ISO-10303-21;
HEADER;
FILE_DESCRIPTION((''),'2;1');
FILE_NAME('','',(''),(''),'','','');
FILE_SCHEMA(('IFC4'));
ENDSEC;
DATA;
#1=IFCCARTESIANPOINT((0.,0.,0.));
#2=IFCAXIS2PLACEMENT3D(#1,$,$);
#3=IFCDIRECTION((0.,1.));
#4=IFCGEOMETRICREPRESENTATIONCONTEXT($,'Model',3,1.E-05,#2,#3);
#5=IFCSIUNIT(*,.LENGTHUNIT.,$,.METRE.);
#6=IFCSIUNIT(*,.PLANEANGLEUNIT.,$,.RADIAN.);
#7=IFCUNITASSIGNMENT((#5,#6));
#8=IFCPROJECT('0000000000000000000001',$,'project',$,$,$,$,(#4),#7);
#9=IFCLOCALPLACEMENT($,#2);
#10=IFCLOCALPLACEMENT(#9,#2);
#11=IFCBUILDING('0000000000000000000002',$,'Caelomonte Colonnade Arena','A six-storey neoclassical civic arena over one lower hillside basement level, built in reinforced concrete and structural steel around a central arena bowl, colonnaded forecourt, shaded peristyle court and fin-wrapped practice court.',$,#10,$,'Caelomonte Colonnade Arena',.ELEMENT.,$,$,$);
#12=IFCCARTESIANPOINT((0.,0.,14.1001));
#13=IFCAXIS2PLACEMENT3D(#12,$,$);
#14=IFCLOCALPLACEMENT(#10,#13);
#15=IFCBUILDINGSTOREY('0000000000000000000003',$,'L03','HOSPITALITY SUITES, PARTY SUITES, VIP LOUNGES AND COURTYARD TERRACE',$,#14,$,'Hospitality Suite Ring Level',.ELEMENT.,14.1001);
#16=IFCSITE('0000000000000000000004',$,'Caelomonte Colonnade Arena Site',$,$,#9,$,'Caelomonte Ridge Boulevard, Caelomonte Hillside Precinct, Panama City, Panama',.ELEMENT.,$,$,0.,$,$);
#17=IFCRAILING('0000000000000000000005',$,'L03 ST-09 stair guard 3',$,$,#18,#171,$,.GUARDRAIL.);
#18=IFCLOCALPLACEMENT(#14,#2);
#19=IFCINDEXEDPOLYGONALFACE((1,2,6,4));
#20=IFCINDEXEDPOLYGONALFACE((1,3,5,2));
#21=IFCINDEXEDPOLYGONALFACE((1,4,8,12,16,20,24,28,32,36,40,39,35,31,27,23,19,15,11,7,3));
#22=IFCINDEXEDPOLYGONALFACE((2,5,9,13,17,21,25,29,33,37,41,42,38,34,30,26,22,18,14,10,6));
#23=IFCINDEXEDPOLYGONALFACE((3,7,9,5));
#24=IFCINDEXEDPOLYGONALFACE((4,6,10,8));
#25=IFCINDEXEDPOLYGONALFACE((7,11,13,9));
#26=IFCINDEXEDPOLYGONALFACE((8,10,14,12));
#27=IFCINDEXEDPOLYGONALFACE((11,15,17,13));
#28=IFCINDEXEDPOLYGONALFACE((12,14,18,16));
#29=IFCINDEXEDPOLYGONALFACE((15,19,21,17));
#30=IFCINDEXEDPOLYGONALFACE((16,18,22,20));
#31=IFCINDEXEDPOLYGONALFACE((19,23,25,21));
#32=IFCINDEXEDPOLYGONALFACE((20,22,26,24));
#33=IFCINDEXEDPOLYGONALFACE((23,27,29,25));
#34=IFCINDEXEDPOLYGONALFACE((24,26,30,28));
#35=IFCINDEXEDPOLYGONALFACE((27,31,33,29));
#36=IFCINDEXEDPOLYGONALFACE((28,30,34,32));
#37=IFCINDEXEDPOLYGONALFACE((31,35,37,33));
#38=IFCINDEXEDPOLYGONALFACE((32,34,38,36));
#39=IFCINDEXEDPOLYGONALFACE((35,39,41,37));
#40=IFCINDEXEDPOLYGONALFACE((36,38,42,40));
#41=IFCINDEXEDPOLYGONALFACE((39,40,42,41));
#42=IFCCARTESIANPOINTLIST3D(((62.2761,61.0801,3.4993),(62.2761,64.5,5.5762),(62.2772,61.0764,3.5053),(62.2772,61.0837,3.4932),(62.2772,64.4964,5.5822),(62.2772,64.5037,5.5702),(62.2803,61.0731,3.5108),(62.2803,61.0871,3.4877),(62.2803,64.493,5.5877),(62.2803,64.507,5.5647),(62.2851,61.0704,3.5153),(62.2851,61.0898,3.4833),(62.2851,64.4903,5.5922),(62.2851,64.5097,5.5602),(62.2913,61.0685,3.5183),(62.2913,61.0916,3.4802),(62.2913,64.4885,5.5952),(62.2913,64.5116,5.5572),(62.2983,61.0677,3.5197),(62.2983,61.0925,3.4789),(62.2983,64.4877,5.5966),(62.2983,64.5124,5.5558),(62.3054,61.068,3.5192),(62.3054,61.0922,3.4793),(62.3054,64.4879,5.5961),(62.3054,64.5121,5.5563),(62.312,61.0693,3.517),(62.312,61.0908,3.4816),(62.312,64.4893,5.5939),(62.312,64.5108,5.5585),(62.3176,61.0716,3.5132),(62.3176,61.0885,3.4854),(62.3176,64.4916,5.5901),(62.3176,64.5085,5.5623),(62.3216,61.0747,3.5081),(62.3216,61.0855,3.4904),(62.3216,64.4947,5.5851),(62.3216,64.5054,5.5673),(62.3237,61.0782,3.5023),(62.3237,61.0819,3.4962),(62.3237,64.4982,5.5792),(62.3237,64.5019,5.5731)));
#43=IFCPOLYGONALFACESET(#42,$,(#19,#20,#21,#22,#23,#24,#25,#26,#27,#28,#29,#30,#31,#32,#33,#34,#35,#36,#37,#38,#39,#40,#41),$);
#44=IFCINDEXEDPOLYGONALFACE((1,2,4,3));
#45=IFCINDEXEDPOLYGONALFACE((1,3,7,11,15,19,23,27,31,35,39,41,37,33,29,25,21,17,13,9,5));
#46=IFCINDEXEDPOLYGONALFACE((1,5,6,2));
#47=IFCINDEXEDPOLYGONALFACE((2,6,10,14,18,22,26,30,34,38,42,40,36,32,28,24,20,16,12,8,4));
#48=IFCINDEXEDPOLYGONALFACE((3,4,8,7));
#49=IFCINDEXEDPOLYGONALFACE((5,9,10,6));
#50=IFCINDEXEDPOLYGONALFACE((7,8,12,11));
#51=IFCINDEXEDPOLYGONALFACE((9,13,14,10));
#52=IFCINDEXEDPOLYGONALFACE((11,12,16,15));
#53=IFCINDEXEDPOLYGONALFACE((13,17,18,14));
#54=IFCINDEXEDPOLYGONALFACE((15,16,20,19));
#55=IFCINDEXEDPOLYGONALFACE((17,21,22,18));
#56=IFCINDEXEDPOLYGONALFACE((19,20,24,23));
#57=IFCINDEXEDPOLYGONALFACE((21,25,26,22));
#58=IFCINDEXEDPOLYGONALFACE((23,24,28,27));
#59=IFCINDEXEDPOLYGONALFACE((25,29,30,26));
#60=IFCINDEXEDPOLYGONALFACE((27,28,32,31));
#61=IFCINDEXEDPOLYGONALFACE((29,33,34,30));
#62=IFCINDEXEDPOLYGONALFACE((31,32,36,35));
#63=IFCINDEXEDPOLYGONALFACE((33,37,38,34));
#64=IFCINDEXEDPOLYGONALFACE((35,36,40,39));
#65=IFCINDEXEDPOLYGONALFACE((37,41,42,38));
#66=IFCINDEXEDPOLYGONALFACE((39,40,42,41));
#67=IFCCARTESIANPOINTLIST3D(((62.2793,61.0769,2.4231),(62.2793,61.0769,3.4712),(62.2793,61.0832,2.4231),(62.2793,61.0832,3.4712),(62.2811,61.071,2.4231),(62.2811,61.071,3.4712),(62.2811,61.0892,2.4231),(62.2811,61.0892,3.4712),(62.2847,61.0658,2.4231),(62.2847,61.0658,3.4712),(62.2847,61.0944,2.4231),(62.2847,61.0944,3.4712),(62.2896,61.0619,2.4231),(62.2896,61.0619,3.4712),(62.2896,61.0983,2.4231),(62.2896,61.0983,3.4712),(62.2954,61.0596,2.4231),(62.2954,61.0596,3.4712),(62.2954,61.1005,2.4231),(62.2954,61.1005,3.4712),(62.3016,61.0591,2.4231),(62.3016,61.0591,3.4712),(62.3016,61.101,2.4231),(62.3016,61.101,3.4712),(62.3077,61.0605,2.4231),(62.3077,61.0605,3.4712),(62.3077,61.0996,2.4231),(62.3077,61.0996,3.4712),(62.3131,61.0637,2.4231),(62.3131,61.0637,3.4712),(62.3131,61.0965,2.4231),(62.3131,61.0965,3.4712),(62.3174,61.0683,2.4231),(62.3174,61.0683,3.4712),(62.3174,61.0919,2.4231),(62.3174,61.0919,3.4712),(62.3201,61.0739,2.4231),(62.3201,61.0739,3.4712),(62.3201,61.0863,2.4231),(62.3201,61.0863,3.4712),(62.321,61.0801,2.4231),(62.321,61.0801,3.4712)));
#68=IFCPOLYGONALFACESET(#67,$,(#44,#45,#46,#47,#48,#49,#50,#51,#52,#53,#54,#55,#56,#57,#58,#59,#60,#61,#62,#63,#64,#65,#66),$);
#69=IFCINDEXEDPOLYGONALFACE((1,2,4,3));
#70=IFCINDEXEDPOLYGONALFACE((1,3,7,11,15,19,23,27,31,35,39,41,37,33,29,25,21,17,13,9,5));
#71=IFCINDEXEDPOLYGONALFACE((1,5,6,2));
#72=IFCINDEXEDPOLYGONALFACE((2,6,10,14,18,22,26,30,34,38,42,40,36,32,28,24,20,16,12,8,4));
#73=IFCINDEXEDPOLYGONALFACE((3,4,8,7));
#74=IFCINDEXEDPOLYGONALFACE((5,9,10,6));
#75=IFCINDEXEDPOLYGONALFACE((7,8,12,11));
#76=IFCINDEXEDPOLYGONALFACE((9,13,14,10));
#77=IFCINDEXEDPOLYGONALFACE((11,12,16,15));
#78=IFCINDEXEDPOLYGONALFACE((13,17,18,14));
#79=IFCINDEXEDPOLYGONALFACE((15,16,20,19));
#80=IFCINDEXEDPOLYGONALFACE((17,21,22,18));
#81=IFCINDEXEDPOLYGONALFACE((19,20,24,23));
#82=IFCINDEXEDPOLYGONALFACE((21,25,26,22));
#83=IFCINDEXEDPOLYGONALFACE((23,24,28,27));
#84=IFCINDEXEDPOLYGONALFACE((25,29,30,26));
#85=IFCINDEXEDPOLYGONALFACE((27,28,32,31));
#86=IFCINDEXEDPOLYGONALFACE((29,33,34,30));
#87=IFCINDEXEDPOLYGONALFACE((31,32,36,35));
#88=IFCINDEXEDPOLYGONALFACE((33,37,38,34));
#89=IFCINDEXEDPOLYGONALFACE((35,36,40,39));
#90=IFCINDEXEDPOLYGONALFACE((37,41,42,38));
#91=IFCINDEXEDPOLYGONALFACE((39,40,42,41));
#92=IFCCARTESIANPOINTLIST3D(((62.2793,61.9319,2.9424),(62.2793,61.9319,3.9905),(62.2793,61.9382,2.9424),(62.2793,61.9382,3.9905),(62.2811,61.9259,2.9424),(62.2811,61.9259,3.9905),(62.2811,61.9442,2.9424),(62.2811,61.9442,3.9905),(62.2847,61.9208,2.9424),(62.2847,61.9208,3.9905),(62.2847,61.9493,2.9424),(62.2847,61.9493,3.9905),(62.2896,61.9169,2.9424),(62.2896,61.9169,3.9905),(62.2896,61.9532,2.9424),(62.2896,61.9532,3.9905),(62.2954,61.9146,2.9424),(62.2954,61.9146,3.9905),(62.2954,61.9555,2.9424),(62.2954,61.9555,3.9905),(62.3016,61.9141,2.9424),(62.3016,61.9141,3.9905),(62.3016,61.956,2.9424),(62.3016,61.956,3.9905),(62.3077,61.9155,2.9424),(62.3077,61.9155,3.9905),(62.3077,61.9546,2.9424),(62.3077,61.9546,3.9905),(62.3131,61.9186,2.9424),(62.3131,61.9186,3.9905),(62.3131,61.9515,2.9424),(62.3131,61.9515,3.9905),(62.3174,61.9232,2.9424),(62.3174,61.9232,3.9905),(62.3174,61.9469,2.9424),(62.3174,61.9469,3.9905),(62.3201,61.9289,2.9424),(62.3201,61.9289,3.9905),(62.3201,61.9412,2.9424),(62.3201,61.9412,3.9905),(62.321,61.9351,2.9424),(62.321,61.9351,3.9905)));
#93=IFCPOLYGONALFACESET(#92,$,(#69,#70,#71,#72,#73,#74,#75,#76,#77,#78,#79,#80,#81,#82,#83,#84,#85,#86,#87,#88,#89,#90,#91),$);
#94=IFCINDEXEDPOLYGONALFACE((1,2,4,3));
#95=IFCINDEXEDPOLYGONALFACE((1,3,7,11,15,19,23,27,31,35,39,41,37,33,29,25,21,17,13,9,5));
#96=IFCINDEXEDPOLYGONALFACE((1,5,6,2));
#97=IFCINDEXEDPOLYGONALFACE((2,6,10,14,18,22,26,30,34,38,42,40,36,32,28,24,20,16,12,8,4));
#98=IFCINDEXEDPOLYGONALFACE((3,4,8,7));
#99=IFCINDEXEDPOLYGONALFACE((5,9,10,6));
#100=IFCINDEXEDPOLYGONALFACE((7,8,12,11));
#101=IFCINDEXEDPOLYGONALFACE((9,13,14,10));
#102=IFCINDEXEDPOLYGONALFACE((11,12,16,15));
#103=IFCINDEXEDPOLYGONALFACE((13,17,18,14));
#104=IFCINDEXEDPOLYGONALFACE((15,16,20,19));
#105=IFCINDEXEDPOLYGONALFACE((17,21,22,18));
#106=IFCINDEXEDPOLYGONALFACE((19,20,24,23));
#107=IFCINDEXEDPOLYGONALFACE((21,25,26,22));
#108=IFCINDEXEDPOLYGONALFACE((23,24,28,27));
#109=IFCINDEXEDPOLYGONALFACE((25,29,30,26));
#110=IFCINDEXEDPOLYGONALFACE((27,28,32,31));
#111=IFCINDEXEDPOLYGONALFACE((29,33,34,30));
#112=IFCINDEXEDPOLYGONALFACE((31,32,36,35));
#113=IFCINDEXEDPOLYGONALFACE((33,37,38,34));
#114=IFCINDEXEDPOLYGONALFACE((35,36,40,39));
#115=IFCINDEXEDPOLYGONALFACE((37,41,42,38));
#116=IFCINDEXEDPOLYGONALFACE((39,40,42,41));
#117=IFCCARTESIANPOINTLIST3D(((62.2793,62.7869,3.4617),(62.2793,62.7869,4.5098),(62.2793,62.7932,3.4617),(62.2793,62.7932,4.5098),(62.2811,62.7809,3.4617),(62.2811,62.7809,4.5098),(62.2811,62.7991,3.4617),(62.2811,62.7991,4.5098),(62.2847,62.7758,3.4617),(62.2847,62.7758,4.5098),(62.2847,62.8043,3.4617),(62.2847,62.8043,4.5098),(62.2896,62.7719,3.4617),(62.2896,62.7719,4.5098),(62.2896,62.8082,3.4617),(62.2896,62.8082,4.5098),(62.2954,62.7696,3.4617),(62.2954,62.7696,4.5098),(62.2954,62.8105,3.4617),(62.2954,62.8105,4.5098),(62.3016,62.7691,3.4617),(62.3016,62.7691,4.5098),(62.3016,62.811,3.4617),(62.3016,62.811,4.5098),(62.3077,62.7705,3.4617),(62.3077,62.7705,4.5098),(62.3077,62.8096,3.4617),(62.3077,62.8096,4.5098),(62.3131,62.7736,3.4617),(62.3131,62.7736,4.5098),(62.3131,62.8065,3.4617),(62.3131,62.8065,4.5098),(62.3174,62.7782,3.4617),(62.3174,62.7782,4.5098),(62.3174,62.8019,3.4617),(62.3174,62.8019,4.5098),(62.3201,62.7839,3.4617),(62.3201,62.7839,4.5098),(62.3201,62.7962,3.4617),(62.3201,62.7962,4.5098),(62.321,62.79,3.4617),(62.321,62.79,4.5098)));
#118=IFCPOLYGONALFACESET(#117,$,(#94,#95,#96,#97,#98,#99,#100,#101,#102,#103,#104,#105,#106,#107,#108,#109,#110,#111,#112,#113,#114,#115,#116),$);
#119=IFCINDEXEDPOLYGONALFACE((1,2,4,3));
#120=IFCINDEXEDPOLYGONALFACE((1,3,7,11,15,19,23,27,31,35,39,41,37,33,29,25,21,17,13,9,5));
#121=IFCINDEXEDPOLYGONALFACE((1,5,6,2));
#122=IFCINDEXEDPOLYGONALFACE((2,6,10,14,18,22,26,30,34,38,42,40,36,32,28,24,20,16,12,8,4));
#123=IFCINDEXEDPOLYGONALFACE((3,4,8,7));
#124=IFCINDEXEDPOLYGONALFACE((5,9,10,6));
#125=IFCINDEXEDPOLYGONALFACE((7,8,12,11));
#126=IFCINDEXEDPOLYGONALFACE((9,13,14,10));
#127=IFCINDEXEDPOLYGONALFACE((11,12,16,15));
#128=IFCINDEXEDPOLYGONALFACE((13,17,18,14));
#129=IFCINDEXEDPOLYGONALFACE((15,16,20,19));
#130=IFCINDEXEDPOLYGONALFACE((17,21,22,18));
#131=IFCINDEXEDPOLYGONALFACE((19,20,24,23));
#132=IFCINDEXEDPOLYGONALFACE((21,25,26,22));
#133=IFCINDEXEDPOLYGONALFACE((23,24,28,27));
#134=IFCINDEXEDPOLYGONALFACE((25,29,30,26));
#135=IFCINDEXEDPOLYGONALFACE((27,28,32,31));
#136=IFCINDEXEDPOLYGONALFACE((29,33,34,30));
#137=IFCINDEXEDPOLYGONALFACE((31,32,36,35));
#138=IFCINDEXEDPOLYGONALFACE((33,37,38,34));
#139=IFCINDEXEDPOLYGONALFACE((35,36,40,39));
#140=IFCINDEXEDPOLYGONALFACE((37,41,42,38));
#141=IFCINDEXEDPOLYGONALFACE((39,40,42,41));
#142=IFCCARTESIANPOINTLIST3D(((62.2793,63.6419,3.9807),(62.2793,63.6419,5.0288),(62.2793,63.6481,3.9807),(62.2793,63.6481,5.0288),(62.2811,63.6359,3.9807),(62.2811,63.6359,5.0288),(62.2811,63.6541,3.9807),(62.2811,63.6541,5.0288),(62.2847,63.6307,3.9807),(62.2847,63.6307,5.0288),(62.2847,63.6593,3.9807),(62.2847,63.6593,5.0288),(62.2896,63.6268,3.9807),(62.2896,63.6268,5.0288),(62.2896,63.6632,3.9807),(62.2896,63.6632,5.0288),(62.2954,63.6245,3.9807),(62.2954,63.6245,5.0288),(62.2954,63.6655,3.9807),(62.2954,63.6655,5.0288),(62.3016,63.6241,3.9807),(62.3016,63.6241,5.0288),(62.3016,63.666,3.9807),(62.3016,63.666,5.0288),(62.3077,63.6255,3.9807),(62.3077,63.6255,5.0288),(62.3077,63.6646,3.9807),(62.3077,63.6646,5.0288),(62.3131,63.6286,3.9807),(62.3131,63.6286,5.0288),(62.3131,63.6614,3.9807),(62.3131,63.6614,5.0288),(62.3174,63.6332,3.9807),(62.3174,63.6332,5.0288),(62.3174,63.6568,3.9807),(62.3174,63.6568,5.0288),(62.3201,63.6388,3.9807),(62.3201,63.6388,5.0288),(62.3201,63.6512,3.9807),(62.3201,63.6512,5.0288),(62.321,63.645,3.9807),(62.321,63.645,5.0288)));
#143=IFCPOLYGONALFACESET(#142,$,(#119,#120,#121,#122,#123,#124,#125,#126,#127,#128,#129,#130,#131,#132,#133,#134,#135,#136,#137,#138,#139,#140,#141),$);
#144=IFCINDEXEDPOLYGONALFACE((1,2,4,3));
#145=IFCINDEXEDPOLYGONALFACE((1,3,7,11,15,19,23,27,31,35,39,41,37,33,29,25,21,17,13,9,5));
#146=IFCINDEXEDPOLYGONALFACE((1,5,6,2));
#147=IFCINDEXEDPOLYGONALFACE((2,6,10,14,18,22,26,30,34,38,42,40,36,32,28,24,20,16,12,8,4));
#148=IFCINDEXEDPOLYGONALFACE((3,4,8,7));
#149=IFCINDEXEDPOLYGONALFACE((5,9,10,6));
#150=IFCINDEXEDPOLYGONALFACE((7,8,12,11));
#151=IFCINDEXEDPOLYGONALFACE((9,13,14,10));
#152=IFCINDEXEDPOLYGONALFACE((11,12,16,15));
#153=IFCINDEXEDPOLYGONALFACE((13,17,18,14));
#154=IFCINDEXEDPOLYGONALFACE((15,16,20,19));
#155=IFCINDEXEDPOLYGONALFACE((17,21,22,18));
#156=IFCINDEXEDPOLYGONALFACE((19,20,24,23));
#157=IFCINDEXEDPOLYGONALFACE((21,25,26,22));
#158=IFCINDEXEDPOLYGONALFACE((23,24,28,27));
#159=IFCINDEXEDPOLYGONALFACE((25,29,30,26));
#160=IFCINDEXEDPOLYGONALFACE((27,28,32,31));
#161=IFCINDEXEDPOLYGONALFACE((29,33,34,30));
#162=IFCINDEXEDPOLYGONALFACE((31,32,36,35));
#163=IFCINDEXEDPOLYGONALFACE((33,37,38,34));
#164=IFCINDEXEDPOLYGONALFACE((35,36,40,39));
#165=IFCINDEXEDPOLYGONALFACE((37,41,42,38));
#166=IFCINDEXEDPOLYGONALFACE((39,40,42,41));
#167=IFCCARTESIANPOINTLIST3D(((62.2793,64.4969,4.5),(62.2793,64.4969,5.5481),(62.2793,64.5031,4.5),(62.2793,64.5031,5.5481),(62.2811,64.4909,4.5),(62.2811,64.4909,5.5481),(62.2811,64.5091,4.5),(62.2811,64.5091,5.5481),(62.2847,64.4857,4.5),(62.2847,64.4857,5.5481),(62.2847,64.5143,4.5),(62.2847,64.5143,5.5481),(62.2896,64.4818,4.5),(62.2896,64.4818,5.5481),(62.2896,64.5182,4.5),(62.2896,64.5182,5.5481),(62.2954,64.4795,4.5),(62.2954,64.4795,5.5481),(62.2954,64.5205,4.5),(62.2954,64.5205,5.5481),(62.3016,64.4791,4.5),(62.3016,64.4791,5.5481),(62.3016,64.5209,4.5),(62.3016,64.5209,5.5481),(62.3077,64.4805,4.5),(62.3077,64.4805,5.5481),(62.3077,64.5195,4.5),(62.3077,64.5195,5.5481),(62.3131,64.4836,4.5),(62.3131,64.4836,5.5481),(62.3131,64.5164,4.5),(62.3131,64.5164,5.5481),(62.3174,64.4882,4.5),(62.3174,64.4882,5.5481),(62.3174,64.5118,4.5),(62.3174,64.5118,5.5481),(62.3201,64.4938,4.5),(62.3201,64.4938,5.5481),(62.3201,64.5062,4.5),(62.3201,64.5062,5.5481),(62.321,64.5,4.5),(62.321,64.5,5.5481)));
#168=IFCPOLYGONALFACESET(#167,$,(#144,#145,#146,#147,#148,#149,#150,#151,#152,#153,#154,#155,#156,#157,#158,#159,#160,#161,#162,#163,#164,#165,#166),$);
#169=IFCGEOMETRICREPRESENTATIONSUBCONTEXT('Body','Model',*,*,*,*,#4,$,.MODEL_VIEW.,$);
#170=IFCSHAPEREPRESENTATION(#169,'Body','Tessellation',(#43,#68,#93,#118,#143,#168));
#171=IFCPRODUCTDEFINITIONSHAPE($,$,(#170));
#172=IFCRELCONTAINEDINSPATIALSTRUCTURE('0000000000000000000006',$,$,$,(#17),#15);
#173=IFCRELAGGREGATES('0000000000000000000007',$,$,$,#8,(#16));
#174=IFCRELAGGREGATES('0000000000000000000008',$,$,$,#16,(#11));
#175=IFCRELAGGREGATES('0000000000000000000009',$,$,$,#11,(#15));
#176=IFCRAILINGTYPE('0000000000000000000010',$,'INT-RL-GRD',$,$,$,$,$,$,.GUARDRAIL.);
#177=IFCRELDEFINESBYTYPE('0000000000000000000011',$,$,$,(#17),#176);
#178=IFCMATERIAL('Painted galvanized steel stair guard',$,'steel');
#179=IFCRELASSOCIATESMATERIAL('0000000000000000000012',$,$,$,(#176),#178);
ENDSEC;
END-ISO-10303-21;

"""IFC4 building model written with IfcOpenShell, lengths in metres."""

from ifc_helpers import new_model, si_unit, direction, frame, origin, origin_2d, place, context, subcontext, project, spatial, circle, extrude, material, type_object, element, save


model = new_model("IFC4")

# Units and contexts
model_context = context("Model", 3, precision=1e-05, world=origin(), true_north=direction((0.0, 1.0)))
body_context = subcontext(model_context, "Body", "Model", "MODEL_VIEW")
ifc_project = project(units=[si_unit("LENGTHUNIT", "METRE"), si_unit("PLANEANGLEUNIT", "RADIAN")], contexts=[model_context])

# Site, building, storey
site_placement = place(None, origin())
site = spatial("IfcSite", under=ifc_project, at=site_placement, Name="Caelomonte Colonnade Arena Site", LongName="Caelomonte Ridge Boulevard, Caelomonte Hillside Precinct, Panama City, Panama", CompositionType="ELEMENT", RefElevation=0.0)
building_placement = place(site_placement, origin())
building = spatial("IfcBuilding", under=site, at=building_placement, Name="Caelomonte Colonnade Arena", Description="A six-storey neoclassical civic arena over one lower hillside basement level, built in reinforced concrete and structural steel around a central arena bowl, colonnaded forecourt, shaded peristyle court and fin-wrapped practice court.", LongName="Caelomonte Colonnade Arena", CompositionType="ELEMENT")
storey_placement = place(building_placement, frame((0.0, 0.0, 14.1001)))
storey = spatial("IfcBuildingStorey", under=building, at=storey_placement, Name="L03", Description="HOSPITALITY SUITES, PARTY SUITES, VIP LOUNGES AND COURTYARD TERRACE", LongName="Hospitality Suite Ring Level", CompositionType="ELEMENT", Elevation=14.1001)

# Railing
ifc_material_1 = material(Name="Painted galvanized steel stair guard", Category="steel")
railing_type_1 = type_object("IfcRailingType", Name="INT-RL-GRD", PredefinedType="GUARDRAIL", material=ifc_material_1)
railing_1_placement = place(storey_placement, frame((62.3, 61.0801, 2.4231)))
element("IfcRailing", 1, at=railing_1_placement, inside=storey, type_object=railing_type_1, Name="L03 ST-09 stair guard 3", PredefinedType="GUARDRAIL", context=body_context, shape_type="SweptSolid", body=[
    extrude(circle(Radius=0.0239, at=origin_2d()), frame((0.0, 0.0, 1.0762), z_axis=(0.0, 0.85473, 0.519074), x_axis=(-1.0, 0.0, 0.0)), (0.0, 0.0, 1.0), 4.0012),
    extrude(circle(Radius=0.021, at=origin_2d()), origin(), (0.0, 0.0, 1.0), 1.0481),
    extrude(circle(Radius=0.021, at=origin_2d()), frame((0.0, 0.855, 0.5193)), (0.0, 0.0, 1.0), 1.0481),
    extrude(circle(Radius=0.021, at=origin_2d()), frame((0.0, 1.71, 1.0386)), (0.0, 0.0, 1.0), 1.0481),
    extrude(circle(Radius=0.021, at=origin_2d()), frame((0.0, 2.5649, 1.5576)), (0.0, 0.0, 1.0), 1.0481),
    extrude(circle(Radius=0.021, at=origin_2d()), frame((0.0, 3.4199, 2.0769)), (0.0, 0.0, 1.0), 1.0481),
])

save(model, "model.ifc")
